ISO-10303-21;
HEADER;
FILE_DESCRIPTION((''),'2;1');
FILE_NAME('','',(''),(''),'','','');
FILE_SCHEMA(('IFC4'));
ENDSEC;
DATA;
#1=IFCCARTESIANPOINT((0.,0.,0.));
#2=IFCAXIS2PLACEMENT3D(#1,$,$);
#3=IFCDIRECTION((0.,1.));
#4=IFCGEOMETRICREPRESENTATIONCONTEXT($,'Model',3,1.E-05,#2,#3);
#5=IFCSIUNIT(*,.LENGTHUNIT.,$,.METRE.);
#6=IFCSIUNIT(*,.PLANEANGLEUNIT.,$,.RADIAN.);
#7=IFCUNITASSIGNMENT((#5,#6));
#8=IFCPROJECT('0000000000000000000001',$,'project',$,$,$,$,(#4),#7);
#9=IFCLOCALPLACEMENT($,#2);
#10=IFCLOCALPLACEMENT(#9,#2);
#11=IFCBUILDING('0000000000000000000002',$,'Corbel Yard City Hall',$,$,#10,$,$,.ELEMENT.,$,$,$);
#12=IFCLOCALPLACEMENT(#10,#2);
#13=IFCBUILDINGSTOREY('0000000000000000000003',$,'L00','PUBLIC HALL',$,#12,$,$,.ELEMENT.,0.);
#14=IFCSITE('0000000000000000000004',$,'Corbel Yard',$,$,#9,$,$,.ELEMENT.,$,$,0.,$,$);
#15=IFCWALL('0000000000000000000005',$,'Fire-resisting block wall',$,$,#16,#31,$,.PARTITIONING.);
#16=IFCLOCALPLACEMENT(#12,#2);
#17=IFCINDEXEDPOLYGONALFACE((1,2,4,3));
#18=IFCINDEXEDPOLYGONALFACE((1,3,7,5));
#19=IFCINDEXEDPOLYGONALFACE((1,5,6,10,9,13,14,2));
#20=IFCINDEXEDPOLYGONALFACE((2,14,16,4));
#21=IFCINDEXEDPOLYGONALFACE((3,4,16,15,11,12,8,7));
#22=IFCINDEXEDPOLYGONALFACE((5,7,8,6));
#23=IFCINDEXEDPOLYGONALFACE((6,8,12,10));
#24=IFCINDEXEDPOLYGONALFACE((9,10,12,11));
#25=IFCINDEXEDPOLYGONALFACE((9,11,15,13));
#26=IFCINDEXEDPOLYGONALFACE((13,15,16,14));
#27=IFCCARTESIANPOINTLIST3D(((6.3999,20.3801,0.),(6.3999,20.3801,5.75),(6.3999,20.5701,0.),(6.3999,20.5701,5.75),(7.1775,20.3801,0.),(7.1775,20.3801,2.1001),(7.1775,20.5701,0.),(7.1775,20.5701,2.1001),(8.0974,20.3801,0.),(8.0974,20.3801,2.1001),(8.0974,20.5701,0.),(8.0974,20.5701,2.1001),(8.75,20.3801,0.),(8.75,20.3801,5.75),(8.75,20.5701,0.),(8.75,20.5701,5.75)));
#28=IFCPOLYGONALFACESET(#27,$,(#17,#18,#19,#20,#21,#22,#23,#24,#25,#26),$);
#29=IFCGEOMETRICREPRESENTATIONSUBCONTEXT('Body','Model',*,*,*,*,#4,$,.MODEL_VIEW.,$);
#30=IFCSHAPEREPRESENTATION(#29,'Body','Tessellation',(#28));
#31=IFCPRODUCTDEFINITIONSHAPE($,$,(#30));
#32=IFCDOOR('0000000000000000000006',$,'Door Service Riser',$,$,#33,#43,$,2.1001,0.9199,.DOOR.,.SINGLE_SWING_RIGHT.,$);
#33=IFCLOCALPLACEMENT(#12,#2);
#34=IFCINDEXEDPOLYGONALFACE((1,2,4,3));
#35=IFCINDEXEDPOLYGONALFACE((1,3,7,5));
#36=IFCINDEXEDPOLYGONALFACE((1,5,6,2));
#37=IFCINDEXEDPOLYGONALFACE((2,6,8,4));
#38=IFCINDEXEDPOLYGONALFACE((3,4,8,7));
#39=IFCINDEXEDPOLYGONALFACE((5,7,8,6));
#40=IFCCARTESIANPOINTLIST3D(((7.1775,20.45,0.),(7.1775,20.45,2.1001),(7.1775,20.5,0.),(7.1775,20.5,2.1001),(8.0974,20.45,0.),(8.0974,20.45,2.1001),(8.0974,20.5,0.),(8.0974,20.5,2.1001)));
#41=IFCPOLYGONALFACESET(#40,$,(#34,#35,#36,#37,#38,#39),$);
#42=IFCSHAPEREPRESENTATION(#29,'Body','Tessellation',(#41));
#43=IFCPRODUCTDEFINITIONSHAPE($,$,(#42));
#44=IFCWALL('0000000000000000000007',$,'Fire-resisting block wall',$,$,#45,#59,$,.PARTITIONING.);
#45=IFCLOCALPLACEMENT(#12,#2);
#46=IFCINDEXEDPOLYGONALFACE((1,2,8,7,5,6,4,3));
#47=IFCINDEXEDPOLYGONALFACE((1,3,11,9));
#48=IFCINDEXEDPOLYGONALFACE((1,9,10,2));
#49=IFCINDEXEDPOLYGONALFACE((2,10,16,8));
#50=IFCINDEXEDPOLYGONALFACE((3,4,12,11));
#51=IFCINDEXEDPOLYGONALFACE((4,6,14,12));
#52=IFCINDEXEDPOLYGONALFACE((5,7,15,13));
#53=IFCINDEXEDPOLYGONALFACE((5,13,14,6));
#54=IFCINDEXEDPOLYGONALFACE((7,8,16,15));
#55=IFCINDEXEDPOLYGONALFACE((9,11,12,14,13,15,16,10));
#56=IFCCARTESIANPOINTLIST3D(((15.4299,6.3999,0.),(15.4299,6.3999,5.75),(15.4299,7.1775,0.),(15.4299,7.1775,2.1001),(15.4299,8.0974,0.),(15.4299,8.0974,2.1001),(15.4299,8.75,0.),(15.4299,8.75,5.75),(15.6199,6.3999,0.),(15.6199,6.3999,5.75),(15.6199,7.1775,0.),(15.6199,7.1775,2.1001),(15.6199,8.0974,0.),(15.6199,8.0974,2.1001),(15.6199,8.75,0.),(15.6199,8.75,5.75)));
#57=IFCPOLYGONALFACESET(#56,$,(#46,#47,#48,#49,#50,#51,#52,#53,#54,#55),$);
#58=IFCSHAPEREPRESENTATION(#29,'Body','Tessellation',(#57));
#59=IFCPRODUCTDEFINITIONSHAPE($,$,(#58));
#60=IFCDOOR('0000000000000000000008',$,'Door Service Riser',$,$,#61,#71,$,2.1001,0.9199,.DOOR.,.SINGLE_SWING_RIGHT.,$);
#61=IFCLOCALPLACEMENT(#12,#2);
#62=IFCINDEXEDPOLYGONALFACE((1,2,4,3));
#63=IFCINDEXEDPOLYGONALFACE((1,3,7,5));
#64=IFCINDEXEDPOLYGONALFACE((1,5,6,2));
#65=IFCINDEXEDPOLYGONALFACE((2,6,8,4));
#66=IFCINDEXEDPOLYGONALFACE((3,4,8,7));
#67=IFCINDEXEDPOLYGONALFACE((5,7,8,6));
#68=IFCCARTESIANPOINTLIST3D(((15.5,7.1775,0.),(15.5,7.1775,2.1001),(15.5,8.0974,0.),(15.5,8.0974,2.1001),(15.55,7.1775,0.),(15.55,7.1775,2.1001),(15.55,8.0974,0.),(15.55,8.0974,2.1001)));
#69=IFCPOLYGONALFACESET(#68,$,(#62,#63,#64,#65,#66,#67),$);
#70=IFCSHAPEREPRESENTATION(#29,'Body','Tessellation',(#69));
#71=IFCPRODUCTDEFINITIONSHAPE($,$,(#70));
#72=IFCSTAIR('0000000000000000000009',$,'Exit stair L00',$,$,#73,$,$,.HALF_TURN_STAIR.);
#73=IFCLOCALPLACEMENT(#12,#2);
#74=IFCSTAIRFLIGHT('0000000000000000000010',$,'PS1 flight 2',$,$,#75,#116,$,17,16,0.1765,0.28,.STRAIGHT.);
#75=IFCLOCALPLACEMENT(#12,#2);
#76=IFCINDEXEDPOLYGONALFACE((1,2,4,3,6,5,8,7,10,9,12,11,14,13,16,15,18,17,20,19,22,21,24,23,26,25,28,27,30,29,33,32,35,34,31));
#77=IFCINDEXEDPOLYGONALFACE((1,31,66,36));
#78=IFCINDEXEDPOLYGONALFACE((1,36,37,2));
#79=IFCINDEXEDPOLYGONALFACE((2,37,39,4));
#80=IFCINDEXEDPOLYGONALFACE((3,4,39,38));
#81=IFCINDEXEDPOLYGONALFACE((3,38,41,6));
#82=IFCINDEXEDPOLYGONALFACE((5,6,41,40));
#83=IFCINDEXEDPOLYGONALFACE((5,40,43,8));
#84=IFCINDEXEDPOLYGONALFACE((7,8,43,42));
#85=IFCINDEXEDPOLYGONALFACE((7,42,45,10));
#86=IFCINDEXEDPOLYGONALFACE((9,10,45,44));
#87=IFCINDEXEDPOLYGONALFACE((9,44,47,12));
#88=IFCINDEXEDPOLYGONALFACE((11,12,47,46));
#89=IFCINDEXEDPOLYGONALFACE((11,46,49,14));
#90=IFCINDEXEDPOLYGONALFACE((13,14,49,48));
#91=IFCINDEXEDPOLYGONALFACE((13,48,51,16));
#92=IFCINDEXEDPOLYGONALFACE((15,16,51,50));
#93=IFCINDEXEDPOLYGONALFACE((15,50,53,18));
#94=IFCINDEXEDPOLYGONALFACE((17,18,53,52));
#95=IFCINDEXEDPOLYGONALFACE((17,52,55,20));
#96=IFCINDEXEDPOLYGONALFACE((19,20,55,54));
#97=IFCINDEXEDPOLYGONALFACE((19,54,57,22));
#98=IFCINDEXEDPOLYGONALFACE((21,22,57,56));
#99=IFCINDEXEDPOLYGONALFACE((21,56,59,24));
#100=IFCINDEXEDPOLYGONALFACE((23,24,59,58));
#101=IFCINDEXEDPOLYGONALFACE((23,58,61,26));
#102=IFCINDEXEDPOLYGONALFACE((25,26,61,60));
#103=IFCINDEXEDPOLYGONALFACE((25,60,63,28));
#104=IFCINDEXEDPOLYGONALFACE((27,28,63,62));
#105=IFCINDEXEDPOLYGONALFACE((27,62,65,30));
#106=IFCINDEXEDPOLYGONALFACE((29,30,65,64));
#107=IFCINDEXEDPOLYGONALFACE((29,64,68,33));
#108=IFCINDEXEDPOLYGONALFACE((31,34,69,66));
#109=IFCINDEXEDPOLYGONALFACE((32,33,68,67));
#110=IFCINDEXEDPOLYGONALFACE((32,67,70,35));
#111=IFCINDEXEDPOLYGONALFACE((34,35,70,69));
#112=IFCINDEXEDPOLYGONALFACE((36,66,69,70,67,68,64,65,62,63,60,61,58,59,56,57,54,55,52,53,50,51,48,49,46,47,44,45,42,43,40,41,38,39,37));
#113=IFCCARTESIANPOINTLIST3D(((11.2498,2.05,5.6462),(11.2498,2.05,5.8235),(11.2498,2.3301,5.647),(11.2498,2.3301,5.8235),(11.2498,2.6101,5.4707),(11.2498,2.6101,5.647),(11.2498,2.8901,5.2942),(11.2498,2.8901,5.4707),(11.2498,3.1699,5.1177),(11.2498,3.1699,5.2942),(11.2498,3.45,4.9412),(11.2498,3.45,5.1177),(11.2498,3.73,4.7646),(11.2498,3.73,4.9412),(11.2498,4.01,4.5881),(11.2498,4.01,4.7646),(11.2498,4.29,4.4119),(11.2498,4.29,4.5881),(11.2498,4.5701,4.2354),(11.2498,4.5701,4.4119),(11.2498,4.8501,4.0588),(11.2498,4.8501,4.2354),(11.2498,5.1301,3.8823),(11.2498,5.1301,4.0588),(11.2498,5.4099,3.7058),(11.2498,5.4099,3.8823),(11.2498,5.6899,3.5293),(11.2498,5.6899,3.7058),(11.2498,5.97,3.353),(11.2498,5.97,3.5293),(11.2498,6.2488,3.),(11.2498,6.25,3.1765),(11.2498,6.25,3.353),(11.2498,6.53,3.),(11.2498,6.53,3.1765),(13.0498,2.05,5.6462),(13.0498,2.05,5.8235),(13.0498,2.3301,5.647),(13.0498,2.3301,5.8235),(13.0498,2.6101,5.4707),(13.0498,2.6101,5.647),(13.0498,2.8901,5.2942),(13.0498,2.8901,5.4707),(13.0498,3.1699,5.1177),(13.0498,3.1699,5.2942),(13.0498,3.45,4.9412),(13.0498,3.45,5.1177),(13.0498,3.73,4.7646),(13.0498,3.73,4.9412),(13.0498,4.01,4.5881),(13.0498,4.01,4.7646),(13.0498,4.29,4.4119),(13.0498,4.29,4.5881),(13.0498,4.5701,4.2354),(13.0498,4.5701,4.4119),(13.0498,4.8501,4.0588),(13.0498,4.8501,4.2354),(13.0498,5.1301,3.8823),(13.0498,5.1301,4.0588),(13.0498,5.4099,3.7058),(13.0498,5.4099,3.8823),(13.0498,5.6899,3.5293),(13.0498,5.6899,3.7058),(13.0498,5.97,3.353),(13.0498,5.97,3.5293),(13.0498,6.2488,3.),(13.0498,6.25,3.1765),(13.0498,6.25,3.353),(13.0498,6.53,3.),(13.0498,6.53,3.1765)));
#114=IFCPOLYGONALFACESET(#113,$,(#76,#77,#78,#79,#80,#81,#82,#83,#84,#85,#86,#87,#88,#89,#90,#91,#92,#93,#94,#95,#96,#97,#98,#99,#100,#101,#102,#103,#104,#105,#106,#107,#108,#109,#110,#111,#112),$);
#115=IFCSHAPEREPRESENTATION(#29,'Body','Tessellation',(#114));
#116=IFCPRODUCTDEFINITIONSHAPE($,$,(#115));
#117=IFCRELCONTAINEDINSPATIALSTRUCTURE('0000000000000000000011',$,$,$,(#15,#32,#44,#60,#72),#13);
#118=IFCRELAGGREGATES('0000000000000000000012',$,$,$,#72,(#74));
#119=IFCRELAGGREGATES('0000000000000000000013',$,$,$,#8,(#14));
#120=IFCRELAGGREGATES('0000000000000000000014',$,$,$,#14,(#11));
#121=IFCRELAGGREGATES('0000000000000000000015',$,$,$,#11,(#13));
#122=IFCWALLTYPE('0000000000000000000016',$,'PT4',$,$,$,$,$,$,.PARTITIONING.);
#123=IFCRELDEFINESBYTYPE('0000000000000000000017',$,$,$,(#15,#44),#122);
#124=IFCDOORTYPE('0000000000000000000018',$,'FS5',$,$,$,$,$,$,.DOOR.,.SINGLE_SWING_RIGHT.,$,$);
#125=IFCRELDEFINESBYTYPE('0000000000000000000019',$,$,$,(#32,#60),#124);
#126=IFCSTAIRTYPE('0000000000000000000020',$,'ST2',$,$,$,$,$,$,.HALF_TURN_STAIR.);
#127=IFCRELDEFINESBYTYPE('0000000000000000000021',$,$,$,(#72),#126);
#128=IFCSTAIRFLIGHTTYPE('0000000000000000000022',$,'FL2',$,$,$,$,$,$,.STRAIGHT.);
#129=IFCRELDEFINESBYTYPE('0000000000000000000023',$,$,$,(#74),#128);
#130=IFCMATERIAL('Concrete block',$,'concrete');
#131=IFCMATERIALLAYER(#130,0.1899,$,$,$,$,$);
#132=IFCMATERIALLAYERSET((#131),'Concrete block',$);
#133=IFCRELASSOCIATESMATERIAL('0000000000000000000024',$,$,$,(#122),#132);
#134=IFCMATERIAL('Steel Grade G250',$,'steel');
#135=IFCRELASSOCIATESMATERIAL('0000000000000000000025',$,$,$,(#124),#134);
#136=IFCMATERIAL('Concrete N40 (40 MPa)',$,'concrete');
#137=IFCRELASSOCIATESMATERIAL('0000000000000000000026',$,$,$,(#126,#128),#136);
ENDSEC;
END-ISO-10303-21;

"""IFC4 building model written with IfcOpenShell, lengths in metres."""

from ifc_helpers import new_model, si_unit, direction, frame, frame_2d, origin, place, context, subcontext, project, spatial, polyline, rectangle, outline, extrude, material, layer, layer_set, type_object, element, fill, aggregate, save


model = new_model("IFC4")

# Units and contexts
model_context = context("Model", 3, precision=1e-05, world=origin(), true_north=direction((0.0, 1.0)))
body_context = subcontext(model_context, "Body", "Model", "MODEL_VIEW")
ifc_project = project(units=[si_unit("LENGTHUNIT", "METRE"), si_unit("PLANEANGLEUNIT", "RADIAN")], contexts=[model_context])

# Site, building, storey
site_placement = place(None, origin())
site = spatial("IfcSite", under=ifc_project, at=site_placement, Name="Corbel Yard", CompositionType="ELEMENT", RefElevation=0.0)
building_placement = place(site_placement, origin())
building = spatial("IfcBuilding", under=site, at=building_placement, Name="Corbel Yard City Hall", CompositionType="ELEMENT")
storey_placement = place(building_placement, origin())
storey = spatial("IfcBuildingStorey", under=building, at=storey_placement, Name="L00", Description="PUBLIC HALL", CompositionType="ELEMENT", Elevation=0.0)

# Shared definitions
ifc_material_1 = material(Name="Concrete N40 (40 MPa)", Category="concrete")

# Shared definitions
ifc_material_2 = material(Name="Steel Grade G250", Category="steel")

# Walls, openings, doors
ifc_material_3 = material(Name="Concrete block", Category="concrete")
ifc_layer_1 = layer(ifc_material_3, 0.1899)
ifc_layer_set_1 = layer_set([ifc_layer_1], Name="Concrete block")
wall_type_1 = type_object("IfcWallType", Name="PT4", PredefinedType="PARTITIONING", material=ifc_layer_set_1)
wall_1_placement = place(storey_placement, frame((6.3999, 20.4751, 0.0), z_axis=(0.0, 0.0, 1.0), x_axis=(1.0, 0.0, 0.0)))
wall_1 = element("IfcWall", 1, at=wall_1_placement, inside=storey, type_object=wall_type_1, Name="Fire-resisting block wall", PredefinedType="PARTITIONING", context=body_context, shape_type="SweptSolid", body=[
    extrude(rectangle(XDim=2.3501, YDim=0.1899, at=frame_2d((1.175, 0.0))), origin(), (0.0, 0.0, 1.0), 5.75),
])
opening_1_placement = place(wall_1_placement, frame((0.7776, 0.0, 0.0)))
opening_1 = element("IfcOpeningElement", 2, at=opening_1_placement, cuts=wall_1, PredefinedType="OPENING", context=body_context, shape_type="SweptSolid", body=[
    extrude(rectangle(XDim=0.9199, YDim=2.1001, at=frame_2d((0.46, 1.05))), frame((0.0, 0.105, 0.0), z_axis=(0.0, -1.0, 0.0), x_axis=(1.0, 0.0, 0.0)), (0.0, 0.0, 1.0), 0.21),
])
door_type_1 = type_object("IfcDoorType", Name="FS5", OperationType="SINGLE_SWING_RIGHT", PredefinedType="DOOR", material=ifc_material_2)
door_1_placement = place(opening_1_placement, origin())
door_1 = element("IfcDoor", 3, at=door_1_placement, inside=storey, type_object=door_type_1, Name="Door Service Riser", OperationType="SINGLE_SWING_RIGHT", OverallHeight=2.1001, OverallWidth=0.9199, PredefinedType="DOOR", context=body_context, shape_type="SweptSolid", body=[
    extrude(rectangle(XDim=0.9199, YDim=2.1001, at=frame_2d((0.46, 1.05))), frame((0.0, 0.0249, 0.0), z_axis=(0.0, -1.0, 0.0), x_axis=(1.0, 0.0, 0.0)), (0.0, 0.0, 1.0), 0.05),
])
fill(opening_1, door_1)
wall_2_placement = place(storey_placement, frame((15.5249, 6.3999, 0.0), z_axis=(0.0, 0.0, 1.0), x_axis=(0.0, 1.0, 0.0)))
wall_2 = element("IfcWall", 4, at=wall_2_placement, inside=storey, type_object=wall_type_1, Name="Fire-resisting block wall", PredefinedType="PARTITIONING", context=body_context, shape_type="SweptSolid", body=[
    extrude(rectangle(XDim=2.3501, YDim=0.1899, at=frame_2d((1.175, 0.0))), origin(), (0.0, 0.0, 1.0), 5.75),
])
opening_2_placement = place(wall_2_placement, frame((0.7776, 0.0, 0.0)))
opening_2 = element("IfcOpeningElement", 5, at=opening_2_placement, cuts=wall_2, PredefinedType="OPENING", context=body_context, shape_type="SweptSolid", body=[
    extrude(rectangle(XDim=0.9199, YDim=2.1001, at=frame_2d((0.46, 1.05))), frame((0.0, 0.105, 0.0), z_axis=(0.0, -1.0, 0.0), x_axis=(1.0, 0.0, 0.0)), (0.0, 0.0, 1.0), 0.21),
])
door_2_placement = place(opening_2_placement, origin())
door_2 = element("IfcDoor", 6, at=door_2_placement, inside=storey, type_object=door_type_1, Name="Door Service Riser", OperationType="SINGLE_SWING_RIGHT", OverallHeight=2.1001, OverallWidth=0.9199, PredefinedType="DOOR", context=body_context, shape_type="SweptSolid", body=[
    extrude(rectangle(XDim=0.9199, YDim=2.1001, at=frame_2d((0.46, 1.05))), frame((0.0, 0.0249, 0.0), z_axis=(0.0, -1.0, 0.0), x_axis=(1.0, 0.0, 0.0)), (0.0, 0.0, 1.0), 0.05),
])
fill(opening_2, door_2)

# Stair, stair flight
stair_type = type_object("IfcStairType", Name="ST2", PredefinedType="HALF_TURN_STAIR", material=ifc_material_1)
stair_placement = place(storey_placement, origin())
stair = element("IfcStair", 7, at=stair_placement, inside=storey, type_object=stair_type, Name="Exit stair L00", PredefinedType="HALF_TURN_STAIR")
stair_flight_type = type_object("IfcStairFlightType", Name="FL2", PredefinedType="STRAIGHT", material=ifc_material_1)
stair_flight_placement = place(storey_placement, frame((12.1499, 6.53, 3.0), z_axis=(0.0, 0.0, 1.0), x_axis=(0.0, -1.0, 0.0)))
stair_flight = element("IfcStairFlight", 8, at=stair_flight_placement, type_object=stair_flight_type, Name="PS1 flight 2", NumberOfRisers=17, NumberOfTreads=16, PredefinedType="STRAIGHT", RiserHeight=0.1765, TreadLength=0.28, context=body_context, shape_type="SweptSolid", body=[
    extrude(outline(polyline([(0.0, 0.0), (0.0, 0.1765), (0.28, 0.1765), (0.28, 0.353), (0.5601, 0.353), (0.5601, 0.5293), (0.8401, 0.5293), (0.8401, 0.7058), (1.1201, 0.7058), (1.1201, 0.8823), (1.3999, 0.8823), (1.3999, 1.0588), (1.6799, 1.0588), (1.6799, 1.2354), (1.96, 1.2354), (1.96, 1.4119), (2.24, 1.4119), (2.24, 1.5881), (2.52, 1.5881), (2.52, 1.7646), (2.8, 1.7646), (2.8, 1.9412), (3.0801, 1.9412), (3.0801, 2.1177), (3.3601, 2.1177), (3.3601, 2.2942), (3.6399, 2.2942), (3.6399, 2.4707), (3.9199, 2.4707), (3.9199, 2.647), (4.2, 2.647), (4.2, 2.8235), (4.48, 2.8235), (4.48, 3.0), (4.48, 2.6462), (0.2812, 0.0), (0.0, 0.0)])), frame((0.0, 0.8999, 0.0), z_axis=(0.0, -1.0, 0.0), x_axis=(1.0, 0.0, 0.0)), (0.0, 0.0, 1.0), 1.8),
])
aggregate(stair, [stair_flight])

save(model, "model.ifc")
